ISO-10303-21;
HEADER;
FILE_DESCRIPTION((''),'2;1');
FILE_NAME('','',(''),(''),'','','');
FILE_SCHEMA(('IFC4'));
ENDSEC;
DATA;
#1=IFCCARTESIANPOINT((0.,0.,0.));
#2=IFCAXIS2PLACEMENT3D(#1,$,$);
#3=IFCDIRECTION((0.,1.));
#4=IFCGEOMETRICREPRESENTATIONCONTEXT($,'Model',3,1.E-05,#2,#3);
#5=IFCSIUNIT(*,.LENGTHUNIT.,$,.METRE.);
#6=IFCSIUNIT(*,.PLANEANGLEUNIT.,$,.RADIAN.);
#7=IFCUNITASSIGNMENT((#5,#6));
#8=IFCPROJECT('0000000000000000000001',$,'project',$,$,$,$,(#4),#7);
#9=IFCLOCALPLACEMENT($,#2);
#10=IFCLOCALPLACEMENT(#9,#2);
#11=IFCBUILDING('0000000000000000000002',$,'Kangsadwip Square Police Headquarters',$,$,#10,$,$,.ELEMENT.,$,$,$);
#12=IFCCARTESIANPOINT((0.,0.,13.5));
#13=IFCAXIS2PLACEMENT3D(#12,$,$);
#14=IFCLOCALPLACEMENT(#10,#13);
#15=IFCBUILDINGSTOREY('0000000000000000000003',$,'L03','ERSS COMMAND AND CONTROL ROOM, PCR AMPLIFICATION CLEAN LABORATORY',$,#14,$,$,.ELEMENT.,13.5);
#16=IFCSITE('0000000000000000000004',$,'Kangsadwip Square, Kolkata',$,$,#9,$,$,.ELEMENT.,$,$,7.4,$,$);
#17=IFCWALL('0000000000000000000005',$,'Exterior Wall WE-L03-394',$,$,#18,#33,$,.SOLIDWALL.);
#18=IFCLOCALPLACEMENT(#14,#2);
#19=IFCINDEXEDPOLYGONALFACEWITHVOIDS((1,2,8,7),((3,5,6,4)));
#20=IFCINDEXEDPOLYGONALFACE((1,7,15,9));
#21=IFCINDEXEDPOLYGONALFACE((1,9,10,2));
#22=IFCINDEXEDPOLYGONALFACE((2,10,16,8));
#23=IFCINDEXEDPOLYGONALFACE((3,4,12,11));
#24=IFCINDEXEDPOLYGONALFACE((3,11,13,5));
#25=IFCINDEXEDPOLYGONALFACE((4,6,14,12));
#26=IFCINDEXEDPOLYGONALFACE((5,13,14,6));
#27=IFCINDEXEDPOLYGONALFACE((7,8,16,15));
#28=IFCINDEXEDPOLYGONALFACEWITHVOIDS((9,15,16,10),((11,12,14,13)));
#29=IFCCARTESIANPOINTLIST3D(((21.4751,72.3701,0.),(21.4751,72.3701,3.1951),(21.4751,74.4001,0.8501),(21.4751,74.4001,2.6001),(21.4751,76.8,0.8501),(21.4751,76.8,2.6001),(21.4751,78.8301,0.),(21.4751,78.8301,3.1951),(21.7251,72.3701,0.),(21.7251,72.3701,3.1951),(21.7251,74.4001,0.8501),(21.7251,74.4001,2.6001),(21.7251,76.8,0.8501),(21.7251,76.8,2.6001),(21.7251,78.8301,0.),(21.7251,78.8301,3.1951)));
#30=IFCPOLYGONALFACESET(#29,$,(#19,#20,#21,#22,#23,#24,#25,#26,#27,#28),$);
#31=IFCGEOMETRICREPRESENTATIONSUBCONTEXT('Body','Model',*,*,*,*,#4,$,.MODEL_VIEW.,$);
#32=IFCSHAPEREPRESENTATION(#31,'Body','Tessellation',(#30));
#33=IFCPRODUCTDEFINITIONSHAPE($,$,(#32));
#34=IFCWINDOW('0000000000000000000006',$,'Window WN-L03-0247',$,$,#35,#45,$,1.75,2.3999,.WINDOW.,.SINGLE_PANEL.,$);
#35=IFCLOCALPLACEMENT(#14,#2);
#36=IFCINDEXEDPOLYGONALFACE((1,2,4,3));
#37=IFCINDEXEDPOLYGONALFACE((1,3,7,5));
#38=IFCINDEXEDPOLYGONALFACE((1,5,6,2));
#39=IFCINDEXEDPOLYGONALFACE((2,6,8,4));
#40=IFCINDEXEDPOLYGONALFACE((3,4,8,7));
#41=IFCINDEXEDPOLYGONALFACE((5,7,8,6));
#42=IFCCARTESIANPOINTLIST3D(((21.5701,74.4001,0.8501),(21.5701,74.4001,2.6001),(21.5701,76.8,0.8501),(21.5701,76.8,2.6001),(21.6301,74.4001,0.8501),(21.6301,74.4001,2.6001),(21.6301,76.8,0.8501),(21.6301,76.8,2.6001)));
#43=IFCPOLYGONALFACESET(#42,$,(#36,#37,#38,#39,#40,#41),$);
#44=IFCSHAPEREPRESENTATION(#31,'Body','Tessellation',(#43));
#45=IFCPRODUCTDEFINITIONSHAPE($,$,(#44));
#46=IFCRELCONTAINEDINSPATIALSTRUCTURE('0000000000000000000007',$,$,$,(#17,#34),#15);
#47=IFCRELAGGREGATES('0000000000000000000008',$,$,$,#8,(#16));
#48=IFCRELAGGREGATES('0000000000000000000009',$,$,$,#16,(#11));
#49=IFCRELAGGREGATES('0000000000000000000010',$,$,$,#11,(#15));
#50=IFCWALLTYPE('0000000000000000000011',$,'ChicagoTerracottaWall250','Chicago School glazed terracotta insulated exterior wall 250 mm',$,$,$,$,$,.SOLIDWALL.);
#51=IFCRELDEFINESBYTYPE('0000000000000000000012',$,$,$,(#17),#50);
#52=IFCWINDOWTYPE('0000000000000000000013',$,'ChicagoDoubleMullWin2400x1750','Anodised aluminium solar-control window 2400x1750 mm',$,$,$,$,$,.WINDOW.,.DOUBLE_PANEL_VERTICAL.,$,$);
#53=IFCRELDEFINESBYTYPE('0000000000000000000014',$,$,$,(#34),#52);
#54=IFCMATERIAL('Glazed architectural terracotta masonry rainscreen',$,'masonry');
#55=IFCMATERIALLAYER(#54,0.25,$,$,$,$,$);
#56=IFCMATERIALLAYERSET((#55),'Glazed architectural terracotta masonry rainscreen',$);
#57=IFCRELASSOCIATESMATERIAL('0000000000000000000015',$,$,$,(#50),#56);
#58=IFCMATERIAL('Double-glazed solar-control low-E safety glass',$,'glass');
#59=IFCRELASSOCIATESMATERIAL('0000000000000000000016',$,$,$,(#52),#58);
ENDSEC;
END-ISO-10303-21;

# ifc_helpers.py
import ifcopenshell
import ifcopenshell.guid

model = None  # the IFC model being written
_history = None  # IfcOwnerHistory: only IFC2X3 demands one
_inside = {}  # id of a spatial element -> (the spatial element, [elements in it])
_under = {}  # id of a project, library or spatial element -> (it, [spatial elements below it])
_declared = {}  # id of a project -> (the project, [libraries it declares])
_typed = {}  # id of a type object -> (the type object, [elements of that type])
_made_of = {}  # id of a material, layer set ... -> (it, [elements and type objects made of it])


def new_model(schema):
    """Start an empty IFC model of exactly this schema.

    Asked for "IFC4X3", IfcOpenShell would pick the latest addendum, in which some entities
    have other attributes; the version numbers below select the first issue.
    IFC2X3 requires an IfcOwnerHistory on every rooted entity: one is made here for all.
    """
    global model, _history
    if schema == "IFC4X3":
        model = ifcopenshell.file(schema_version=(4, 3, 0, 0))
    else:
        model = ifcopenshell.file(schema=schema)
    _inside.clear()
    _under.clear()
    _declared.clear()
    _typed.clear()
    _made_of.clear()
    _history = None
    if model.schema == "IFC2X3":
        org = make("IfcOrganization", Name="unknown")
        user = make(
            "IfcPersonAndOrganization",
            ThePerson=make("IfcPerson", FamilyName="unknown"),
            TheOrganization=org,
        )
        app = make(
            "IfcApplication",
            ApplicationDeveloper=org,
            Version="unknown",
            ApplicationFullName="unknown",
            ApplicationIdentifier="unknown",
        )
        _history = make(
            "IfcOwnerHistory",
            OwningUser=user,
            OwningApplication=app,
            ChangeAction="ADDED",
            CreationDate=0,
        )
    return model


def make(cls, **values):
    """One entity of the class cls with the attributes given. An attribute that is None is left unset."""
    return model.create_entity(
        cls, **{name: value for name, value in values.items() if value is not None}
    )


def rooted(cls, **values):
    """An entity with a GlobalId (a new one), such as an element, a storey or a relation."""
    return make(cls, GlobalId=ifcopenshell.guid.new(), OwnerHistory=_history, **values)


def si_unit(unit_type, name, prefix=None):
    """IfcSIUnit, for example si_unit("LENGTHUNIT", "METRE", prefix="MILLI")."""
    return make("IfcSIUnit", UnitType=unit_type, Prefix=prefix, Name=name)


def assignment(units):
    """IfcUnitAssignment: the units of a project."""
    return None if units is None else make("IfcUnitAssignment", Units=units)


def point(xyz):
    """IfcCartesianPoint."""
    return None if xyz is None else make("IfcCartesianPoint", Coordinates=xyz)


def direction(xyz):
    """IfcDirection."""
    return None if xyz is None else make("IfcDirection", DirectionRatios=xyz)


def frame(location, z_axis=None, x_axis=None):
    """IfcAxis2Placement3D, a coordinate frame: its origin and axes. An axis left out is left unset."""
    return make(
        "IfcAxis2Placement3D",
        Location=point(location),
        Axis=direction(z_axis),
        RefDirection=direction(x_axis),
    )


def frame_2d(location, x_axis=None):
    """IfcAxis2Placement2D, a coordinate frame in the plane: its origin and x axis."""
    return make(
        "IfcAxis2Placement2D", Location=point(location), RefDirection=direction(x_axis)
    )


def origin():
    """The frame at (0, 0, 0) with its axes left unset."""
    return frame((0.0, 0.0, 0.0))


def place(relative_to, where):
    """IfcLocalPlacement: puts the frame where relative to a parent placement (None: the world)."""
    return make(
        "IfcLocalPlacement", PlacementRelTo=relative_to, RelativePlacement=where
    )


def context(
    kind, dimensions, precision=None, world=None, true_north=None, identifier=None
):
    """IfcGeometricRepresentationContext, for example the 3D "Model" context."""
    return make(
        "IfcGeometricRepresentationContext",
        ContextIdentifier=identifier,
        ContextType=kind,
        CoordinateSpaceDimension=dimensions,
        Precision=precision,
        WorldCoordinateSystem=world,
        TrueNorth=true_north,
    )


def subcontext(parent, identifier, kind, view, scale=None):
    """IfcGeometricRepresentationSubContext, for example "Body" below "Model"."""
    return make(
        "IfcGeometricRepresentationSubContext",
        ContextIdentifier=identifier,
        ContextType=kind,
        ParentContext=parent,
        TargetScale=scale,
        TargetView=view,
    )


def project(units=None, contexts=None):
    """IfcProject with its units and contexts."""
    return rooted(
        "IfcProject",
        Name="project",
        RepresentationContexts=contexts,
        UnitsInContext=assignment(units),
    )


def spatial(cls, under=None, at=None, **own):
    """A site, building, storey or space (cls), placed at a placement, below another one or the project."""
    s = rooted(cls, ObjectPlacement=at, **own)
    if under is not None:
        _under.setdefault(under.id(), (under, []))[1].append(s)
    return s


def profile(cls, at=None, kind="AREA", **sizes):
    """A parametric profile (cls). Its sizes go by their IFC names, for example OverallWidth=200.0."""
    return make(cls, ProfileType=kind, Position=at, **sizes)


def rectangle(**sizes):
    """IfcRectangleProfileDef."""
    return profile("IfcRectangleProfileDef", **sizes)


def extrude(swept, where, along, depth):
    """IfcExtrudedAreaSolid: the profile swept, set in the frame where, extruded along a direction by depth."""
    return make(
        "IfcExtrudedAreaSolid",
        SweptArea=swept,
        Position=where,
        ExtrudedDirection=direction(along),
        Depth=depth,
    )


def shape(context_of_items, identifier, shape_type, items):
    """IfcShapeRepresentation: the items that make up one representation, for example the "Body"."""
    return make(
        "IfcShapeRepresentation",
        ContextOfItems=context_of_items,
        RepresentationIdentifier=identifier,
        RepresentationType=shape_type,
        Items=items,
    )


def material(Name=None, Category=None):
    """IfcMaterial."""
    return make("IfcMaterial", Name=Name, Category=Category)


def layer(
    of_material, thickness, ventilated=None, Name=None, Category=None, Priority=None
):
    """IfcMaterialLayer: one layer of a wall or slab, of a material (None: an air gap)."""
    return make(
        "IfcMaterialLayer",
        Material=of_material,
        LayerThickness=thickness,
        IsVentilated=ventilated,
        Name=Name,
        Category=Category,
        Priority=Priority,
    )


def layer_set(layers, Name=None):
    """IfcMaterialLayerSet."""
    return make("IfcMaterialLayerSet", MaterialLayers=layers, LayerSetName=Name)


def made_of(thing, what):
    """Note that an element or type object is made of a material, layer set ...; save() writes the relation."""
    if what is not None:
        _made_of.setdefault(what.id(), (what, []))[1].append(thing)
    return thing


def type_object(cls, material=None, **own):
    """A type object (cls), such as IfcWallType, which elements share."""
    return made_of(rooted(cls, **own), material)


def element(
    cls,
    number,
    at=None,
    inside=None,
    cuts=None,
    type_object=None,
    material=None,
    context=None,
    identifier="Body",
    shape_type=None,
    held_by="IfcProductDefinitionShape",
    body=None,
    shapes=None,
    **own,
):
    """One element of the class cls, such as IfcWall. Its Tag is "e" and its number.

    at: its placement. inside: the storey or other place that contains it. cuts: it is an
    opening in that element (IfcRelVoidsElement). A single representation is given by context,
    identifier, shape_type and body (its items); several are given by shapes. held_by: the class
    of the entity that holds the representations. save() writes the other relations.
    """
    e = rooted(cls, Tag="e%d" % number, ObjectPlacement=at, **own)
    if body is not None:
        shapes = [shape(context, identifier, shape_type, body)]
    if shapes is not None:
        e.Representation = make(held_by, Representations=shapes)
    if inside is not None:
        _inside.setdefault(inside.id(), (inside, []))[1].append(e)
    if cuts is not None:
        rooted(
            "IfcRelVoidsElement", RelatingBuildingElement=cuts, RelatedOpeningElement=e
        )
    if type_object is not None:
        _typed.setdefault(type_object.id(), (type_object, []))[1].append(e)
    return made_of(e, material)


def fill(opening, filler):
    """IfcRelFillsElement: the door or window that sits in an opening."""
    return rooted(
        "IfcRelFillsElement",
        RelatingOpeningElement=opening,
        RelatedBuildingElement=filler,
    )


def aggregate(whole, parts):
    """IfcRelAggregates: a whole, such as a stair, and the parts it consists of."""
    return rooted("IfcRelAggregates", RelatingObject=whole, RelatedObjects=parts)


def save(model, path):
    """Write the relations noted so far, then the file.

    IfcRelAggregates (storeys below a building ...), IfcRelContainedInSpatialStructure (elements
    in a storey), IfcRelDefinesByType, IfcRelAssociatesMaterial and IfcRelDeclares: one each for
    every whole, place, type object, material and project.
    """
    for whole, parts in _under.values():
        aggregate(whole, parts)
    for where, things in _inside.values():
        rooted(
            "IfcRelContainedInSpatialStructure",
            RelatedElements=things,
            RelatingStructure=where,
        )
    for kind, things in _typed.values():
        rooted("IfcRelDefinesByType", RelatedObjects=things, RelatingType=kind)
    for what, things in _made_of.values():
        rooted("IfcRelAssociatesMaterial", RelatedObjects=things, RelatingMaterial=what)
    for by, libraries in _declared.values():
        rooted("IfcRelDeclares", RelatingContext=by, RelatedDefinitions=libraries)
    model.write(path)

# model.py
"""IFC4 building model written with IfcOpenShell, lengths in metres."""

from ifc_helpers import new_model, si_unit, direction, frame, frame_2d, origin, place, context, subcontext, project, spatial, rectangle, extrude, material, layer, layer_set, type_object, element, fill, save


model = new_model("IFC4")

# Units and contexts
model_context = context("Model", 3, precision=1e-05, world=origin(), true_north=direction((0.0, 1.0)))
body_context = subcontext(model_context, "Body", "Model", "MODEL_VIEW")
ifc_project = project(units=[si_unit("LENGTHUNIT", "METRE"), si_unit("PLANEANGLEUNIT", "RADIAN")], contexts=[model_context])

# Site, building, storey
site_placement = place(None, origin())
site = spatial("IfcSite", under=ifc_project, at=site_placement, Name="Kangsadwip Square, Kolkata", CompositionType="ELEMENT", RefElevation=7.4)
building_placement = place(site_placement, origin())
building = spatial("IfcBuilding", under=site, at=building_placement, Name="Kangsadwip Square Police Headquarters", CompositionType="ELEMENT")
storey_placement = place(building_placement, frame((0.0, 0.0, 13.5)))
storey = spatial("IfcBuildingStorey", under=building, at=storey_placement, Name="L03", Description="ERSS COMMAND AND CONTROL ROOM, PCR AMPLIFICATION CLEAN LABORATORY", CompositionType="ELEMENT", Elevation=13.5)

# Wall, opening, window
ifc_material_1 = material(Name="Glazed architectural terracotta masonry rainscreen", Category="masonry")
ifc_layer_1 = layer(ifc_material_1, 0.25)
ifc_layer_set_1 = layer_set([ifc_layer_1], Name="Glazed architectural terracotta masonry rainscreen")
wall_type = type_object("IfcWallType", Name="ChicagoTerracottaWall250", Description="Chicago School glazed terracotta insulated exterior wall 250 mm", PredefinedType="SOLIDWALL", material=ifc_layer_set_1)
wall_placement = place(storey_placement, frame((21.6001, 72.3701, 0.0), z_axis=(0.0, 0.0, 1.0), x_axis=(0.0, 1.0, 0.0)))
wall = element("IfcWall", 1, at=wall_placement, inside=storey, type_object=wall_type, Name="Exterior Wall WE-L03-394", PredefinedType="SOLIDWALL", context=body_context, shape_type="SweptSolid", body=[
    extrude(rectangle(XDim=6.46, YDim=0.25, at=frame_2d((3.23, 0.0))), origin(), (0.0, 0.0, 1.0), 3.1951),
])
opening_placement = place(wall_placement, frame((2.03, 0.0, 0.8501)))
opening = element("IfcOpeningElement", 2, at=opening_placement, cuts=wall, PredefinedType="OPENING", context=body_context, shape_type="SweptSolid", body=[
    extrude(rectangle(XDim=2.3999, YDim=1.75, at=frame_2d((1.2, 0.875))), frame((0.0, 0.135, 0.0), z_axis=(0.0, -1.0, 0.0), x_axis=(1.0, 0.0, 0.0)), (0.0, 0.0, 1.0), 0.27),
])
ifc_material_2 = material(Name="Double-glazed solar-control low-E safety glass", Category="glass")
window_type = type_object("IfcWindowType", Name="ChicagoDoubleMullWin2400x1750", Description="Anodised aluminium solar-control window 2400x1750 mm", PartitioningType="DOUBLE_PANEL_VERTICAL", PredefinedType="WINDOW", material=ifc_material_2)
window_placement = place(opening_placement, origin())
window = element("IfcWindow", 3, at=window_placement, inside=storey, type_object=window_type, Name="Window WN-L03-0247", OverallHeight=1.75, OverallWidth=2.3999, PartitioningType="SINGLE_PANEL", PredefinedType="WINDOW", context=body_context, shape_type="SweptSolid", body=[
    extrude(rectangle(XDim=2.3999, YDim=1.75, at=frame_2d((1.2, 0.875))), frame((0.0, 0.03, 0.0), z_axis=(0.0, -1.0, 0.0), x_axis=(1.0, 0.0, 0.0)), (0.0, 0.0, 1.0), 0.0601),
])
fill(opening, window)

save(model, "model.ifc")
